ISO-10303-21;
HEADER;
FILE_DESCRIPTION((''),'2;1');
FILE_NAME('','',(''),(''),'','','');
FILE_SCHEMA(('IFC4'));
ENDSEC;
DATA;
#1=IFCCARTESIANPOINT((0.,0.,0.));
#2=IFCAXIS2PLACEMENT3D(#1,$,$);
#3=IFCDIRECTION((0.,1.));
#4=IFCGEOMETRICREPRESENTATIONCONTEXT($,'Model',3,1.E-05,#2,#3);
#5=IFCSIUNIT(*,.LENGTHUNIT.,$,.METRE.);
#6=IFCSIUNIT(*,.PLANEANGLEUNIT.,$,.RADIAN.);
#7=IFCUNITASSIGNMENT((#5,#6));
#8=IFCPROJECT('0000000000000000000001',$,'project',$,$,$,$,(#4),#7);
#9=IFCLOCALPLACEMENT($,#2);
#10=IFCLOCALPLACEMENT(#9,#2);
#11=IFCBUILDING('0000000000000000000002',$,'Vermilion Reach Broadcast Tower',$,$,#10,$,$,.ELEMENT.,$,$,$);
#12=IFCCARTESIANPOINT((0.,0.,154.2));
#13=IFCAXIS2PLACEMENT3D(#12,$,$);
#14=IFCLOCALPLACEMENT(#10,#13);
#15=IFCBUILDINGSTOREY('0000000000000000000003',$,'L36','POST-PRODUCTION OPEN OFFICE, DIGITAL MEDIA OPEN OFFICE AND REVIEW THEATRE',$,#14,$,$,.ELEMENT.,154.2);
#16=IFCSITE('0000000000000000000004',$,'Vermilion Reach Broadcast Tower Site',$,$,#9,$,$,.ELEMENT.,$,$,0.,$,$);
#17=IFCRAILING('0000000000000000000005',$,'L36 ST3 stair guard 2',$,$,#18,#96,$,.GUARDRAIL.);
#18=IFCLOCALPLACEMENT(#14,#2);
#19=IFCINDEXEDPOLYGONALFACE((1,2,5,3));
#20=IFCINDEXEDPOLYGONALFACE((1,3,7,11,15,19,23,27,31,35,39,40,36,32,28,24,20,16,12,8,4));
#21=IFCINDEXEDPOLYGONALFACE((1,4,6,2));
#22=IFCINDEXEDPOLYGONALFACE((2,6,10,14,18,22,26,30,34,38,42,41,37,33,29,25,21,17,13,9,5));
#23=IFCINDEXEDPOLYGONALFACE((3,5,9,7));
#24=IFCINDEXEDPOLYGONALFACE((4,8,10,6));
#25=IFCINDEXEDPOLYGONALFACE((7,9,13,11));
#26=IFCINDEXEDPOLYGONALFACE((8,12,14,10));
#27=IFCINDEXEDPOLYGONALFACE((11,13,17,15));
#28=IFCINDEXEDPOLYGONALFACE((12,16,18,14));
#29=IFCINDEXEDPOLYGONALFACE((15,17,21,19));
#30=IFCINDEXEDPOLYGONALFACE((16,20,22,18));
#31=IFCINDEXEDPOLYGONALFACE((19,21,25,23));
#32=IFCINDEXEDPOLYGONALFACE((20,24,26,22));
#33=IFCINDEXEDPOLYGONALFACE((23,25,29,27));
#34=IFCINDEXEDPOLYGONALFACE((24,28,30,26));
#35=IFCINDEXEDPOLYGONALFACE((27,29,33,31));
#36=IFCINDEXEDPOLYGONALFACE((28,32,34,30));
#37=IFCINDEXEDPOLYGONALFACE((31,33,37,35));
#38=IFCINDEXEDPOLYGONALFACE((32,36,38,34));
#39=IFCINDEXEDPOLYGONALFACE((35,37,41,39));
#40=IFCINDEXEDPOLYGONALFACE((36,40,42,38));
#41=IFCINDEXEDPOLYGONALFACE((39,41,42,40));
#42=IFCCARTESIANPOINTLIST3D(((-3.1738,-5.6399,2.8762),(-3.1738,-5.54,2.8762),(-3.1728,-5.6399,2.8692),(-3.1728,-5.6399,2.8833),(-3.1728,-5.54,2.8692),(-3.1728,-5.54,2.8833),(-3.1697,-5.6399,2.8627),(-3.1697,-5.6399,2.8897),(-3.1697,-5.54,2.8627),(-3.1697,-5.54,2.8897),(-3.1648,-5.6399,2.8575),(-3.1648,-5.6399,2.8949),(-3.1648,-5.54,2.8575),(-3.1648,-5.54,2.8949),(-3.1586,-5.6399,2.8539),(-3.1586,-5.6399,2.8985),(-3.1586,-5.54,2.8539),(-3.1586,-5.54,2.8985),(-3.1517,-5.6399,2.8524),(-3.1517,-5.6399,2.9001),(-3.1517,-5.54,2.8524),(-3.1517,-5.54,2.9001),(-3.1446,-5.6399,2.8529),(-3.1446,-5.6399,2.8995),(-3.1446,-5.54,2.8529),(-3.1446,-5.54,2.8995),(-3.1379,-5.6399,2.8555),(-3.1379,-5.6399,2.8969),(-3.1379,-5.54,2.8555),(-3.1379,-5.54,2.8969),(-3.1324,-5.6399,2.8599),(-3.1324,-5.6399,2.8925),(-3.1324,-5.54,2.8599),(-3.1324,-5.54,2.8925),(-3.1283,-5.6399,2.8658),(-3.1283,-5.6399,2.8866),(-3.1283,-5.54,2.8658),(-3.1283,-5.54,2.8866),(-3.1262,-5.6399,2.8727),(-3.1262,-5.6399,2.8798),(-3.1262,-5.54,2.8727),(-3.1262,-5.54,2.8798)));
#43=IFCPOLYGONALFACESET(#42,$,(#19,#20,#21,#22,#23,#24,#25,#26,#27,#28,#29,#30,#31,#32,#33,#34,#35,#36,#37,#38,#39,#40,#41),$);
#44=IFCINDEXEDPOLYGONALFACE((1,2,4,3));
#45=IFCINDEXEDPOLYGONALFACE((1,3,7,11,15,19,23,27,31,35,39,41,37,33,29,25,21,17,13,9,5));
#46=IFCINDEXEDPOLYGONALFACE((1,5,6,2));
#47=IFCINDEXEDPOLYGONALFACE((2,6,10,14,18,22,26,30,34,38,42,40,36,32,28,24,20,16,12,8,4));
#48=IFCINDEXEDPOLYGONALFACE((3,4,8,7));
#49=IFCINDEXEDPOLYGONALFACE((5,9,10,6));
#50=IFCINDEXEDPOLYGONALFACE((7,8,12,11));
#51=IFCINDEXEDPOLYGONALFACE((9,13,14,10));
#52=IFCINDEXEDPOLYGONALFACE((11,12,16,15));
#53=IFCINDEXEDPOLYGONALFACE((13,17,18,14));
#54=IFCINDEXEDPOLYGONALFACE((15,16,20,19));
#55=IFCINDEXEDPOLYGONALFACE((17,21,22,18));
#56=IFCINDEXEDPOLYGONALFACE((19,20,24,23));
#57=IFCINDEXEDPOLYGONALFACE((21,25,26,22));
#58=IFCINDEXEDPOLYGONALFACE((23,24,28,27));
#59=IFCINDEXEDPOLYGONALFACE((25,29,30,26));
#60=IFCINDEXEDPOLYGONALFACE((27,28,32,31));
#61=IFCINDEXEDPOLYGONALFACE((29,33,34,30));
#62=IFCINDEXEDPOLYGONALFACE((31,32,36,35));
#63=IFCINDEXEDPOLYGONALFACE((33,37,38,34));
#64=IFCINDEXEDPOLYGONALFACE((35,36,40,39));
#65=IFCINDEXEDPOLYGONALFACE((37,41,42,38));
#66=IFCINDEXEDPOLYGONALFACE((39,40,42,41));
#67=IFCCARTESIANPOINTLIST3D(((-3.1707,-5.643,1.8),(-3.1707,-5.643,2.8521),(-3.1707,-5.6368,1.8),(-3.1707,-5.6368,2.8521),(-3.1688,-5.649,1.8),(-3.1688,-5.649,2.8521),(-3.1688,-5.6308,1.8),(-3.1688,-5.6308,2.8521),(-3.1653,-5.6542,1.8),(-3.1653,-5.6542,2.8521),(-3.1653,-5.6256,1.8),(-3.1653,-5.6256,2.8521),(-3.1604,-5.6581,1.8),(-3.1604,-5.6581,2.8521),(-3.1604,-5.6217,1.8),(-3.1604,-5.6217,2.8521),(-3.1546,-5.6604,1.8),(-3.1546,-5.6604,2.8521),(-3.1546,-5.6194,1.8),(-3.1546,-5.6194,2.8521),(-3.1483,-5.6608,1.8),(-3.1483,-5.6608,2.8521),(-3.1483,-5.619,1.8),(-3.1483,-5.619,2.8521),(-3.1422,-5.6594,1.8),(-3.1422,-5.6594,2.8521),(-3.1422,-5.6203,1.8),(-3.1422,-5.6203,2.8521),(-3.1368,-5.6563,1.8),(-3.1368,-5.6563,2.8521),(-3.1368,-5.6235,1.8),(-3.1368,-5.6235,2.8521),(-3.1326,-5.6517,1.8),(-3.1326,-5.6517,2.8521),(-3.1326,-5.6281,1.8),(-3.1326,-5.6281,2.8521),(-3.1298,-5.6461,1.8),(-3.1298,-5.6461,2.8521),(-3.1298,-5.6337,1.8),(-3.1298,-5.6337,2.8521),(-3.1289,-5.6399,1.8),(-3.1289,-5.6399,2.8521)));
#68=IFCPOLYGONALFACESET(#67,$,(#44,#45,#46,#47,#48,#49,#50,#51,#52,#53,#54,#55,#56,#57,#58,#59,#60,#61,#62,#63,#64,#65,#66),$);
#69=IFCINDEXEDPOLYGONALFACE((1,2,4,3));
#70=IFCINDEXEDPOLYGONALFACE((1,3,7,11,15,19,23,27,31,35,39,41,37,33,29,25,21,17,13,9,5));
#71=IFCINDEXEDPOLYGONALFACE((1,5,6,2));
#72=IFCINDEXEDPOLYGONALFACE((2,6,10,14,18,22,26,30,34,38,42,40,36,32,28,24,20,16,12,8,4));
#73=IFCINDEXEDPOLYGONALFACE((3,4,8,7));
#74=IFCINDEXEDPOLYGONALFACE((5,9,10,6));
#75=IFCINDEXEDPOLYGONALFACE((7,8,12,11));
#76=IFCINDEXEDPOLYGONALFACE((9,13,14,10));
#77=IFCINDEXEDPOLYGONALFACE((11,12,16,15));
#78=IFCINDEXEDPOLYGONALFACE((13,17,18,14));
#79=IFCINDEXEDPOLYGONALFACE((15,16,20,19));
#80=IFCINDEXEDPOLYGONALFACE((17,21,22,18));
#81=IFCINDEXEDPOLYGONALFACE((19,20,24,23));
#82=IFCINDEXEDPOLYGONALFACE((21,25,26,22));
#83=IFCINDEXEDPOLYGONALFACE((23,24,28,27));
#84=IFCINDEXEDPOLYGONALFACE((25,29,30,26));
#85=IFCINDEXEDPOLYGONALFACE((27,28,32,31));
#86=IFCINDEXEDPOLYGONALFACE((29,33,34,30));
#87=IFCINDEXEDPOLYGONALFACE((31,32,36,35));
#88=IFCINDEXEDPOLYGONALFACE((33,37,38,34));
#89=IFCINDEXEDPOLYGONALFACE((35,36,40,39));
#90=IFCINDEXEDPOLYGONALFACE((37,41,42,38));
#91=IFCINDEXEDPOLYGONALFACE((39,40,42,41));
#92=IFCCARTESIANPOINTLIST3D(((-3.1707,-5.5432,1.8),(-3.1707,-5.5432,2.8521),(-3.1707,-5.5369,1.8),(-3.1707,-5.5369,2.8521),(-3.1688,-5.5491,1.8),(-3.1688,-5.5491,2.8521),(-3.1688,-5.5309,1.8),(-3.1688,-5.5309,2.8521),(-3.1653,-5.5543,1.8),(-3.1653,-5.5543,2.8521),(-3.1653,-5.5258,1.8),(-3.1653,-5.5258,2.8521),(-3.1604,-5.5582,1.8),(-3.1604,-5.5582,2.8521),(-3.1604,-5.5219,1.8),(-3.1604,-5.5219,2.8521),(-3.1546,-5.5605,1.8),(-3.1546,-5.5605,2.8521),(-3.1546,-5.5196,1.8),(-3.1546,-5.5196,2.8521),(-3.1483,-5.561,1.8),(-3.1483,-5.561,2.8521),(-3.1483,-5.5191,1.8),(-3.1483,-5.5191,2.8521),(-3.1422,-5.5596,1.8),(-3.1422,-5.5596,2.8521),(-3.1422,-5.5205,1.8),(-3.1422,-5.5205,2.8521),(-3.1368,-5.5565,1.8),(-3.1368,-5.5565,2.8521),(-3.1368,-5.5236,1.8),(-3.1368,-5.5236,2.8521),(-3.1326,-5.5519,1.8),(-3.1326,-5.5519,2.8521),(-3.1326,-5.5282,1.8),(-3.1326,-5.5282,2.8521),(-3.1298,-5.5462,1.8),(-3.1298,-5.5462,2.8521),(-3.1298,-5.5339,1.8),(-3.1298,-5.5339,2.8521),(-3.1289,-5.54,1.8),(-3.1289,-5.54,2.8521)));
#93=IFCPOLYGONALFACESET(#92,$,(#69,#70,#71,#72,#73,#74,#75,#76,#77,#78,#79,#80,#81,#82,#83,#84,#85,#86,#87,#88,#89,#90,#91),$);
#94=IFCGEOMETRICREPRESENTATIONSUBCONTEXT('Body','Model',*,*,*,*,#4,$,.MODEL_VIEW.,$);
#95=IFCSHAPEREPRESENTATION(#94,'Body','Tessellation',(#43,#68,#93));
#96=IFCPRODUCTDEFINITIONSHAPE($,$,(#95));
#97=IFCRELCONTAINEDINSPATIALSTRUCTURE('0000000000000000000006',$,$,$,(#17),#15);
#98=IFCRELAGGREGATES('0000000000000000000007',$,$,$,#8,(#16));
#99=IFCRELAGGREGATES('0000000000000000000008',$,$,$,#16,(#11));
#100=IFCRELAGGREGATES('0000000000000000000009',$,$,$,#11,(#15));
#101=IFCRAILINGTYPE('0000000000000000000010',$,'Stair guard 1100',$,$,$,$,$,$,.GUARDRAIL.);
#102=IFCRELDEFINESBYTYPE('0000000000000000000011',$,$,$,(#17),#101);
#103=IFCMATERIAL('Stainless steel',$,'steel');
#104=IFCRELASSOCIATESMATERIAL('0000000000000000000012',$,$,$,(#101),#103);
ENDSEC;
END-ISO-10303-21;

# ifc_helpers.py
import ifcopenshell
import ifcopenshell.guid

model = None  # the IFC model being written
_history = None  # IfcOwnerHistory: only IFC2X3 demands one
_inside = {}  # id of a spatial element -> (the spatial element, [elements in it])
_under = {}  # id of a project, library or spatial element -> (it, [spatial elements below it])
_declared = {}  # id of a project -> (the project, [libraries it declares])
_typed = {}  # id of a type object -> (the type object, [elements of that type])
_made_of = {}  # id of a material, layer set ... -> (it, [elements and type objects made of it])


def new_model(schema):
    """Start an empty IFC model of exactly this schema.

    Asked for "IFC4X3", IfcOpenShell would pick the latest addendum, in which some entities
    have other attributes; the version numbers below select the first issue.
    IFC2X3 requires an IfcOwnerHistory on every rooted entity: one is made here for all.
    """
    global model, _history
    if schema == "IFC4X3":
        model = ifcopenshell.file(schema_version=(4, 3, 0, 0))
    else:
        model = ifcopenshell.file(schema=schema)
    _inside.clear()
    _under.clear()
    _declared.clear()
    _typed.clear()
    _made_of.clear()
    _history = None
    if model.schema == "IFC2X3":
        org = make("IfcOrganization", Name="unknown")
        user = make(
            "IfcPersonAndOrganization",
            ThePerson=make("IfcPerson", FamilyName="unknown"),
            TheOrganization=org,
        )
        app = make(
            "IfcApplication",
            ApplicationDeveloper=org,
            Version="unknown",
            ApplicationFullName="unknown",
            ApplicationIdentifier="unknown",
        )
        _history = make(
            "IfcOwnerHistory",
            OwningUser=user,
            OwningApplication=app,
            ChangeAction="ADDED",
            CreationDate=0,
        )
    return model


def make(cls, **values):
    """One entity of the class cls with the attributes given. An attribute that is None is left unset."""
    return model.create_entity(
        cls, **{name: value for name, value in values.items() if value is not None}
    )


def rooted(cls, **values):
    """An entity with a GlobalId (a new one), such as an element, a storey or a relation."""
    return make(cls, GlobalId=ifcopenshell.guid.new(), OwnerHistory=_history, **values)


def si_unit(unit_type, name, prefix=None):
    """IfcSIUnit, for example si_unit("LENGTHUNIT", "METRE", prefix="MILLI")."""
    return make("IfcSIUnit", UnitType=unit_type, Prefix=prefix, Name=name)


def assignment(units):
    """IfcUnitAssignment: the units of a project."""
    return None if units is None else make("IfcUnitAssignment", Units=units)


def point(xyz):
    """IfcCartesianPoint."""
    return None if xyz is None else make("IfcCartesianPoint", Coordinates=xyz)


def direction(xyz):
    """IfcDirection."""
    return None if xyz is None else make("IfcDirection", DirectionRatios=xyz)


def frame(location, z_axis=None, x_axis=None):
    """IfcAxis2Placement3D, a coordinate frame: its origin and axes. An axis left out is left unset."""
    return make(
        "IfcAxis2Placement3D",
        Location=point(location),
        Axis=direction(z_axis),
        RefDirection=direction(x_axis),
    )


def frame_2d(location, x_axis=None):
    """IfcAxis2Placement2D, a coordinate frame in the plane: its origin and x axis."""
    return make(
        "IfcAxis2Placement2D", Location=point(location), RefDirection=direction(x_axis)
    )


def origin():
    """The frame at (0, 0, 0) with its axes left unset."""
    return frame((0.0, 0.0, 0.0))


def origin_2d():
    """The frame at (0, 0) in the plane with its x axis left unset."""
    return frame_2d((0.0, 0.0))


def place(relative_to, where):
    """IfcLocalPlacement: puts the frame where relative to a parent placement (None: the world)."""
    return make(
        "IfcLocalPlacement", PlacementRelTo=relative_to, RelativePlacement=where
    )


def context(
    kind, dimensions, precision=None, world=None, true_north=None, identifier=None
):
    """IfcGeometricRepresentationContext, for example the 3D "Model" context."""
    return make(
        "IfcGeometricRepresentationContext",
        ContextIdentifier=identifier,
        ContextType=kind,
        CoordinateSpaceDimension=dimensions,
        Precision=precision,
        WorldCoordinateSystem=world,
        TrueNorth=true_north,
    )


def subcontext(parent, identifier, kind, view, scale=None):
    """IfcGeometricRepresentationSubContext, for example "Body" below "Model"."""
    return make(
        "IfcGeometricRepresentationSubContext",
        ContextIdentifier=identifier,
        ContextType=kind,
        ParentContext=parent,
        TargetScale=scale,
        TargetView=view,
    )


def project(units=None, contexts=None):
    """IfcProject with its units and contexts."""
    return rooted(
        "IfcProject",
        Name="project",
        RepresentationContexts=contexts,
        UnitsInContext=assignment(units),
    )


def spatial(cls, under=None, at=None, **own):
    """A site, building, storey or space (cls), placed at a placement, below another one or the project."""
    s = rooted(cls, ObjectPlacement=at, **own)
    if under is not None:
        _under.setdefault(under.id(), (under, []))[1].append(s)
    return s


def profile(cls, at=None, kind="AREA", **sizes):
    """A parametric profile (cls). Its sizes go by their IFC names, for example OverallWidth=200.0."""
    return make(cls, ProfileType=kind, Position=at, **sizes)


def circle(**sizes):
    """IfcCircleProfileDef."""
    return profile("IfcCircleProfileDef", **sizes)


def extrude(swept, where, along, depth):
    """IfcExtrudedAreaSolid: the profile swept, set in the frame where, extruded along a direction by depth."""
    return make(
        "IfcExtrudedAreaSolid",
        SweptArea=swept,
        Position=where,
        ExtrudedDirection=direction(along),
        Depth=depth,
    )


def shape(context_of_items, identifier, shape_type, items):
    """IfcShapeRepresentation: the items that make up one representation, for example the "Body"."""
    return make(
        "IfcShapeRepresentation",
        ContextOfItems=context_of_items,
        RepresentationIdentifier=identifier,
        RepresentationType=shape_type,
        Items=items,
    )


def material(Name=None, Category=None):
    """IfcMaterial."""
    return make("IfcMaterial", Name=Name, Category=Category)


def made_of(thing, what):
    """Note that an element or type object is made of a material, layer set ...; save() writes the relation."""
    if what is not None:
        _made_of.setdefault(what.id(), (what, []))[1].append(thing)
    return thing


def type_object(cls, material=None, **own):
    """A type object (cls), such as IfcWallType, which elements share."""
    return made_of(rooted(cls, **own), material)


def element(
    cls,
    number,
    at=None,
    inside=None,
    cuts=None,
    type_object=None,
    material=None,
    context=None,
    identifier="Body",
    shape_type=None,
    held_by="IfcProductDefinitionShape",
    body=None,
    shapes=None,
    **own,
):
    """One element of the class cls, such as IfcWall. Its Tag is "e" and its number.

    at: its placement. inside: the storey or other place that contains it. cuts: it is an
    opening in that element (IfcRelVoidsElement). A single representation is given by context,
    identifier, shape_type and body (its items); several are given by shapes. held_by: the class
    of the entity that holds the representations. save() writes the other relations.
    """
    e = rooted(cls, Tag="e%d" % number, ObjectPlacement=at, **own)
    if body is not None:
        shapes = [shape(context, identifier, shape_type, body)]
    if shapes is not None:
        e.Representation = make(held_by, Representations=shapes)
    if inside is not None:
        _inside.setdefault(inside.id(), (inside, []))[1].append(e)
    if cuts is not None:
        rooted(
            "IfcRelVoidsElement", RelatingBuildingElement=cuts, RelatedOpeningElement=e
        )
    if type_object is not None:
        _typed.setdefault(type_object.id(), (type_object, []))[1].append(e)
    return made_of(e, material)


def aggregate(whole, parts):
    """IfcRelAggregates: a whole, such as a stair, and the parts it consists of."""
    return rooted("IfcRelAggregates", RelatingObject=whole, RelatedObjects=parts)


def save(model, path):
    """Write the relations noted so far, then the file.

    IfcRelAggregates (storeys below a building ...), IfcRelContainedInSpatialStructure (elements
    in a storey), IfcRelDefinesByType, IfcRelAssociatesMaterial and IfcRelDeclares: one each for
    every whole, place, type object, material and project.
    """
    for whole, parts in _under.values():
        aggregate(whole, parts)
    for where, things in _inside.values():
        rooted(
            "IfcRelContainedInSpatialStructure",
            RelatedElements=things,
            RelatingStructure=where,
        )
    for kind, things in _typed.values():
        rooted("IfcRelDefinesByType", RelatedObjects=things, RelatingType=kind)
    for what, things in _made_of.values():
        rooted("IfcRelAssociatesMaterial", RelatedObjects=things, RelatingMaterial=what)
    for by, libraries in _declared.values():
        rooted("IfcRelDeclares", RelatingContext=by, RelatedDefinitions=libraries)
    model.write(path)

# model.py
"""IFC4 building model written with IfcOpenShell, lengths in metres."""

from ifc_helpers import new_model, si_unit, direction, frame, origin, origin_2d, place, context, subcontext, project, spatial, circle, extrude, material, type_object, element, save


model = new_model("IFC4")

# Units and contexts
model_context = context("Model", 3, precision=1e-05, world=origin(), true_north=direction((0.0, 1.0)))
body_context = subcontext(model_context, "Body", "Model", "MODEL_VIEW")
ifc_project = project(units=[si_unit("LENGTHUNIT", "METRE"), si_unit("PLANEANGLEUNIT", "RADIAN")], contexts=[model_context])

# Site, building, storey
site_placement = place(None, origin())
site = spatial("IfcSite", under=ifc_project, at=site_placement, Name="Vermilion Reach Broadcast Tower Site", CompositionType="ELEMENT", RefElevation=0.0)
building_placement = place(site_placement, origin())
building = spatial("IfcBuilding", under=site, at=building_placement, Name="Vermilion Reach Broadcast Tower", CompositionType="ELEMENT")
storey_placement = place(building_placement, frame((0.0, 0.0, 154.2)))
storey = spatial("IfcBuildingStorey", under=building, at=storey_placement, Name="L36", Description="POST-PRODUCTION OPEN OFFICE, DIGITAL MEDIA OPEN OFFICE AND REVIEW THEATRE", CompositionType="ELEMENT", Elevation=154.2)

# Railing
ifc_material_1 = material(Name="Stainless steel", Category="steel")
railing_type_1 = type_object("IfcRailingType", Name="Stair guard 1100", PredefinedType="GUARDRAIL", material=ifc_material_1)
railing_1_placement = place(storey_placement, frame((-3.1499, -5.6399, 1.8)))
element("IfcRailing", 1, at=railing_1_placement, inside=storey, type_object=railing_type_1, Name="L36 ST3 stair guard 2", PredefinedType="GUARDRAIL", context=body_context, shape_type="SweptSolid", body=[
    extrude(circle(Radius=0.0239, at=origin_2d()), frame((0.0, 0.0, 1.0762), z_axis=(0.0, 1.0, 0.0), x_axis=(-1.0, 0.0, 0.0)), (0.0, 0.0, 1.0), 0.0999),
    extrude(circle(Radius=0.021, at=origin_2d()), origin(), (0.0, 0.0, 1.0), 1.052),
    extrude(circle(Radius=0.021, at=origin_2d()), frame((0.0, 0.0999, 0.0)), (0.0, 0.0, 1.0), 1.052),
])

save(model, "model.ifc")
